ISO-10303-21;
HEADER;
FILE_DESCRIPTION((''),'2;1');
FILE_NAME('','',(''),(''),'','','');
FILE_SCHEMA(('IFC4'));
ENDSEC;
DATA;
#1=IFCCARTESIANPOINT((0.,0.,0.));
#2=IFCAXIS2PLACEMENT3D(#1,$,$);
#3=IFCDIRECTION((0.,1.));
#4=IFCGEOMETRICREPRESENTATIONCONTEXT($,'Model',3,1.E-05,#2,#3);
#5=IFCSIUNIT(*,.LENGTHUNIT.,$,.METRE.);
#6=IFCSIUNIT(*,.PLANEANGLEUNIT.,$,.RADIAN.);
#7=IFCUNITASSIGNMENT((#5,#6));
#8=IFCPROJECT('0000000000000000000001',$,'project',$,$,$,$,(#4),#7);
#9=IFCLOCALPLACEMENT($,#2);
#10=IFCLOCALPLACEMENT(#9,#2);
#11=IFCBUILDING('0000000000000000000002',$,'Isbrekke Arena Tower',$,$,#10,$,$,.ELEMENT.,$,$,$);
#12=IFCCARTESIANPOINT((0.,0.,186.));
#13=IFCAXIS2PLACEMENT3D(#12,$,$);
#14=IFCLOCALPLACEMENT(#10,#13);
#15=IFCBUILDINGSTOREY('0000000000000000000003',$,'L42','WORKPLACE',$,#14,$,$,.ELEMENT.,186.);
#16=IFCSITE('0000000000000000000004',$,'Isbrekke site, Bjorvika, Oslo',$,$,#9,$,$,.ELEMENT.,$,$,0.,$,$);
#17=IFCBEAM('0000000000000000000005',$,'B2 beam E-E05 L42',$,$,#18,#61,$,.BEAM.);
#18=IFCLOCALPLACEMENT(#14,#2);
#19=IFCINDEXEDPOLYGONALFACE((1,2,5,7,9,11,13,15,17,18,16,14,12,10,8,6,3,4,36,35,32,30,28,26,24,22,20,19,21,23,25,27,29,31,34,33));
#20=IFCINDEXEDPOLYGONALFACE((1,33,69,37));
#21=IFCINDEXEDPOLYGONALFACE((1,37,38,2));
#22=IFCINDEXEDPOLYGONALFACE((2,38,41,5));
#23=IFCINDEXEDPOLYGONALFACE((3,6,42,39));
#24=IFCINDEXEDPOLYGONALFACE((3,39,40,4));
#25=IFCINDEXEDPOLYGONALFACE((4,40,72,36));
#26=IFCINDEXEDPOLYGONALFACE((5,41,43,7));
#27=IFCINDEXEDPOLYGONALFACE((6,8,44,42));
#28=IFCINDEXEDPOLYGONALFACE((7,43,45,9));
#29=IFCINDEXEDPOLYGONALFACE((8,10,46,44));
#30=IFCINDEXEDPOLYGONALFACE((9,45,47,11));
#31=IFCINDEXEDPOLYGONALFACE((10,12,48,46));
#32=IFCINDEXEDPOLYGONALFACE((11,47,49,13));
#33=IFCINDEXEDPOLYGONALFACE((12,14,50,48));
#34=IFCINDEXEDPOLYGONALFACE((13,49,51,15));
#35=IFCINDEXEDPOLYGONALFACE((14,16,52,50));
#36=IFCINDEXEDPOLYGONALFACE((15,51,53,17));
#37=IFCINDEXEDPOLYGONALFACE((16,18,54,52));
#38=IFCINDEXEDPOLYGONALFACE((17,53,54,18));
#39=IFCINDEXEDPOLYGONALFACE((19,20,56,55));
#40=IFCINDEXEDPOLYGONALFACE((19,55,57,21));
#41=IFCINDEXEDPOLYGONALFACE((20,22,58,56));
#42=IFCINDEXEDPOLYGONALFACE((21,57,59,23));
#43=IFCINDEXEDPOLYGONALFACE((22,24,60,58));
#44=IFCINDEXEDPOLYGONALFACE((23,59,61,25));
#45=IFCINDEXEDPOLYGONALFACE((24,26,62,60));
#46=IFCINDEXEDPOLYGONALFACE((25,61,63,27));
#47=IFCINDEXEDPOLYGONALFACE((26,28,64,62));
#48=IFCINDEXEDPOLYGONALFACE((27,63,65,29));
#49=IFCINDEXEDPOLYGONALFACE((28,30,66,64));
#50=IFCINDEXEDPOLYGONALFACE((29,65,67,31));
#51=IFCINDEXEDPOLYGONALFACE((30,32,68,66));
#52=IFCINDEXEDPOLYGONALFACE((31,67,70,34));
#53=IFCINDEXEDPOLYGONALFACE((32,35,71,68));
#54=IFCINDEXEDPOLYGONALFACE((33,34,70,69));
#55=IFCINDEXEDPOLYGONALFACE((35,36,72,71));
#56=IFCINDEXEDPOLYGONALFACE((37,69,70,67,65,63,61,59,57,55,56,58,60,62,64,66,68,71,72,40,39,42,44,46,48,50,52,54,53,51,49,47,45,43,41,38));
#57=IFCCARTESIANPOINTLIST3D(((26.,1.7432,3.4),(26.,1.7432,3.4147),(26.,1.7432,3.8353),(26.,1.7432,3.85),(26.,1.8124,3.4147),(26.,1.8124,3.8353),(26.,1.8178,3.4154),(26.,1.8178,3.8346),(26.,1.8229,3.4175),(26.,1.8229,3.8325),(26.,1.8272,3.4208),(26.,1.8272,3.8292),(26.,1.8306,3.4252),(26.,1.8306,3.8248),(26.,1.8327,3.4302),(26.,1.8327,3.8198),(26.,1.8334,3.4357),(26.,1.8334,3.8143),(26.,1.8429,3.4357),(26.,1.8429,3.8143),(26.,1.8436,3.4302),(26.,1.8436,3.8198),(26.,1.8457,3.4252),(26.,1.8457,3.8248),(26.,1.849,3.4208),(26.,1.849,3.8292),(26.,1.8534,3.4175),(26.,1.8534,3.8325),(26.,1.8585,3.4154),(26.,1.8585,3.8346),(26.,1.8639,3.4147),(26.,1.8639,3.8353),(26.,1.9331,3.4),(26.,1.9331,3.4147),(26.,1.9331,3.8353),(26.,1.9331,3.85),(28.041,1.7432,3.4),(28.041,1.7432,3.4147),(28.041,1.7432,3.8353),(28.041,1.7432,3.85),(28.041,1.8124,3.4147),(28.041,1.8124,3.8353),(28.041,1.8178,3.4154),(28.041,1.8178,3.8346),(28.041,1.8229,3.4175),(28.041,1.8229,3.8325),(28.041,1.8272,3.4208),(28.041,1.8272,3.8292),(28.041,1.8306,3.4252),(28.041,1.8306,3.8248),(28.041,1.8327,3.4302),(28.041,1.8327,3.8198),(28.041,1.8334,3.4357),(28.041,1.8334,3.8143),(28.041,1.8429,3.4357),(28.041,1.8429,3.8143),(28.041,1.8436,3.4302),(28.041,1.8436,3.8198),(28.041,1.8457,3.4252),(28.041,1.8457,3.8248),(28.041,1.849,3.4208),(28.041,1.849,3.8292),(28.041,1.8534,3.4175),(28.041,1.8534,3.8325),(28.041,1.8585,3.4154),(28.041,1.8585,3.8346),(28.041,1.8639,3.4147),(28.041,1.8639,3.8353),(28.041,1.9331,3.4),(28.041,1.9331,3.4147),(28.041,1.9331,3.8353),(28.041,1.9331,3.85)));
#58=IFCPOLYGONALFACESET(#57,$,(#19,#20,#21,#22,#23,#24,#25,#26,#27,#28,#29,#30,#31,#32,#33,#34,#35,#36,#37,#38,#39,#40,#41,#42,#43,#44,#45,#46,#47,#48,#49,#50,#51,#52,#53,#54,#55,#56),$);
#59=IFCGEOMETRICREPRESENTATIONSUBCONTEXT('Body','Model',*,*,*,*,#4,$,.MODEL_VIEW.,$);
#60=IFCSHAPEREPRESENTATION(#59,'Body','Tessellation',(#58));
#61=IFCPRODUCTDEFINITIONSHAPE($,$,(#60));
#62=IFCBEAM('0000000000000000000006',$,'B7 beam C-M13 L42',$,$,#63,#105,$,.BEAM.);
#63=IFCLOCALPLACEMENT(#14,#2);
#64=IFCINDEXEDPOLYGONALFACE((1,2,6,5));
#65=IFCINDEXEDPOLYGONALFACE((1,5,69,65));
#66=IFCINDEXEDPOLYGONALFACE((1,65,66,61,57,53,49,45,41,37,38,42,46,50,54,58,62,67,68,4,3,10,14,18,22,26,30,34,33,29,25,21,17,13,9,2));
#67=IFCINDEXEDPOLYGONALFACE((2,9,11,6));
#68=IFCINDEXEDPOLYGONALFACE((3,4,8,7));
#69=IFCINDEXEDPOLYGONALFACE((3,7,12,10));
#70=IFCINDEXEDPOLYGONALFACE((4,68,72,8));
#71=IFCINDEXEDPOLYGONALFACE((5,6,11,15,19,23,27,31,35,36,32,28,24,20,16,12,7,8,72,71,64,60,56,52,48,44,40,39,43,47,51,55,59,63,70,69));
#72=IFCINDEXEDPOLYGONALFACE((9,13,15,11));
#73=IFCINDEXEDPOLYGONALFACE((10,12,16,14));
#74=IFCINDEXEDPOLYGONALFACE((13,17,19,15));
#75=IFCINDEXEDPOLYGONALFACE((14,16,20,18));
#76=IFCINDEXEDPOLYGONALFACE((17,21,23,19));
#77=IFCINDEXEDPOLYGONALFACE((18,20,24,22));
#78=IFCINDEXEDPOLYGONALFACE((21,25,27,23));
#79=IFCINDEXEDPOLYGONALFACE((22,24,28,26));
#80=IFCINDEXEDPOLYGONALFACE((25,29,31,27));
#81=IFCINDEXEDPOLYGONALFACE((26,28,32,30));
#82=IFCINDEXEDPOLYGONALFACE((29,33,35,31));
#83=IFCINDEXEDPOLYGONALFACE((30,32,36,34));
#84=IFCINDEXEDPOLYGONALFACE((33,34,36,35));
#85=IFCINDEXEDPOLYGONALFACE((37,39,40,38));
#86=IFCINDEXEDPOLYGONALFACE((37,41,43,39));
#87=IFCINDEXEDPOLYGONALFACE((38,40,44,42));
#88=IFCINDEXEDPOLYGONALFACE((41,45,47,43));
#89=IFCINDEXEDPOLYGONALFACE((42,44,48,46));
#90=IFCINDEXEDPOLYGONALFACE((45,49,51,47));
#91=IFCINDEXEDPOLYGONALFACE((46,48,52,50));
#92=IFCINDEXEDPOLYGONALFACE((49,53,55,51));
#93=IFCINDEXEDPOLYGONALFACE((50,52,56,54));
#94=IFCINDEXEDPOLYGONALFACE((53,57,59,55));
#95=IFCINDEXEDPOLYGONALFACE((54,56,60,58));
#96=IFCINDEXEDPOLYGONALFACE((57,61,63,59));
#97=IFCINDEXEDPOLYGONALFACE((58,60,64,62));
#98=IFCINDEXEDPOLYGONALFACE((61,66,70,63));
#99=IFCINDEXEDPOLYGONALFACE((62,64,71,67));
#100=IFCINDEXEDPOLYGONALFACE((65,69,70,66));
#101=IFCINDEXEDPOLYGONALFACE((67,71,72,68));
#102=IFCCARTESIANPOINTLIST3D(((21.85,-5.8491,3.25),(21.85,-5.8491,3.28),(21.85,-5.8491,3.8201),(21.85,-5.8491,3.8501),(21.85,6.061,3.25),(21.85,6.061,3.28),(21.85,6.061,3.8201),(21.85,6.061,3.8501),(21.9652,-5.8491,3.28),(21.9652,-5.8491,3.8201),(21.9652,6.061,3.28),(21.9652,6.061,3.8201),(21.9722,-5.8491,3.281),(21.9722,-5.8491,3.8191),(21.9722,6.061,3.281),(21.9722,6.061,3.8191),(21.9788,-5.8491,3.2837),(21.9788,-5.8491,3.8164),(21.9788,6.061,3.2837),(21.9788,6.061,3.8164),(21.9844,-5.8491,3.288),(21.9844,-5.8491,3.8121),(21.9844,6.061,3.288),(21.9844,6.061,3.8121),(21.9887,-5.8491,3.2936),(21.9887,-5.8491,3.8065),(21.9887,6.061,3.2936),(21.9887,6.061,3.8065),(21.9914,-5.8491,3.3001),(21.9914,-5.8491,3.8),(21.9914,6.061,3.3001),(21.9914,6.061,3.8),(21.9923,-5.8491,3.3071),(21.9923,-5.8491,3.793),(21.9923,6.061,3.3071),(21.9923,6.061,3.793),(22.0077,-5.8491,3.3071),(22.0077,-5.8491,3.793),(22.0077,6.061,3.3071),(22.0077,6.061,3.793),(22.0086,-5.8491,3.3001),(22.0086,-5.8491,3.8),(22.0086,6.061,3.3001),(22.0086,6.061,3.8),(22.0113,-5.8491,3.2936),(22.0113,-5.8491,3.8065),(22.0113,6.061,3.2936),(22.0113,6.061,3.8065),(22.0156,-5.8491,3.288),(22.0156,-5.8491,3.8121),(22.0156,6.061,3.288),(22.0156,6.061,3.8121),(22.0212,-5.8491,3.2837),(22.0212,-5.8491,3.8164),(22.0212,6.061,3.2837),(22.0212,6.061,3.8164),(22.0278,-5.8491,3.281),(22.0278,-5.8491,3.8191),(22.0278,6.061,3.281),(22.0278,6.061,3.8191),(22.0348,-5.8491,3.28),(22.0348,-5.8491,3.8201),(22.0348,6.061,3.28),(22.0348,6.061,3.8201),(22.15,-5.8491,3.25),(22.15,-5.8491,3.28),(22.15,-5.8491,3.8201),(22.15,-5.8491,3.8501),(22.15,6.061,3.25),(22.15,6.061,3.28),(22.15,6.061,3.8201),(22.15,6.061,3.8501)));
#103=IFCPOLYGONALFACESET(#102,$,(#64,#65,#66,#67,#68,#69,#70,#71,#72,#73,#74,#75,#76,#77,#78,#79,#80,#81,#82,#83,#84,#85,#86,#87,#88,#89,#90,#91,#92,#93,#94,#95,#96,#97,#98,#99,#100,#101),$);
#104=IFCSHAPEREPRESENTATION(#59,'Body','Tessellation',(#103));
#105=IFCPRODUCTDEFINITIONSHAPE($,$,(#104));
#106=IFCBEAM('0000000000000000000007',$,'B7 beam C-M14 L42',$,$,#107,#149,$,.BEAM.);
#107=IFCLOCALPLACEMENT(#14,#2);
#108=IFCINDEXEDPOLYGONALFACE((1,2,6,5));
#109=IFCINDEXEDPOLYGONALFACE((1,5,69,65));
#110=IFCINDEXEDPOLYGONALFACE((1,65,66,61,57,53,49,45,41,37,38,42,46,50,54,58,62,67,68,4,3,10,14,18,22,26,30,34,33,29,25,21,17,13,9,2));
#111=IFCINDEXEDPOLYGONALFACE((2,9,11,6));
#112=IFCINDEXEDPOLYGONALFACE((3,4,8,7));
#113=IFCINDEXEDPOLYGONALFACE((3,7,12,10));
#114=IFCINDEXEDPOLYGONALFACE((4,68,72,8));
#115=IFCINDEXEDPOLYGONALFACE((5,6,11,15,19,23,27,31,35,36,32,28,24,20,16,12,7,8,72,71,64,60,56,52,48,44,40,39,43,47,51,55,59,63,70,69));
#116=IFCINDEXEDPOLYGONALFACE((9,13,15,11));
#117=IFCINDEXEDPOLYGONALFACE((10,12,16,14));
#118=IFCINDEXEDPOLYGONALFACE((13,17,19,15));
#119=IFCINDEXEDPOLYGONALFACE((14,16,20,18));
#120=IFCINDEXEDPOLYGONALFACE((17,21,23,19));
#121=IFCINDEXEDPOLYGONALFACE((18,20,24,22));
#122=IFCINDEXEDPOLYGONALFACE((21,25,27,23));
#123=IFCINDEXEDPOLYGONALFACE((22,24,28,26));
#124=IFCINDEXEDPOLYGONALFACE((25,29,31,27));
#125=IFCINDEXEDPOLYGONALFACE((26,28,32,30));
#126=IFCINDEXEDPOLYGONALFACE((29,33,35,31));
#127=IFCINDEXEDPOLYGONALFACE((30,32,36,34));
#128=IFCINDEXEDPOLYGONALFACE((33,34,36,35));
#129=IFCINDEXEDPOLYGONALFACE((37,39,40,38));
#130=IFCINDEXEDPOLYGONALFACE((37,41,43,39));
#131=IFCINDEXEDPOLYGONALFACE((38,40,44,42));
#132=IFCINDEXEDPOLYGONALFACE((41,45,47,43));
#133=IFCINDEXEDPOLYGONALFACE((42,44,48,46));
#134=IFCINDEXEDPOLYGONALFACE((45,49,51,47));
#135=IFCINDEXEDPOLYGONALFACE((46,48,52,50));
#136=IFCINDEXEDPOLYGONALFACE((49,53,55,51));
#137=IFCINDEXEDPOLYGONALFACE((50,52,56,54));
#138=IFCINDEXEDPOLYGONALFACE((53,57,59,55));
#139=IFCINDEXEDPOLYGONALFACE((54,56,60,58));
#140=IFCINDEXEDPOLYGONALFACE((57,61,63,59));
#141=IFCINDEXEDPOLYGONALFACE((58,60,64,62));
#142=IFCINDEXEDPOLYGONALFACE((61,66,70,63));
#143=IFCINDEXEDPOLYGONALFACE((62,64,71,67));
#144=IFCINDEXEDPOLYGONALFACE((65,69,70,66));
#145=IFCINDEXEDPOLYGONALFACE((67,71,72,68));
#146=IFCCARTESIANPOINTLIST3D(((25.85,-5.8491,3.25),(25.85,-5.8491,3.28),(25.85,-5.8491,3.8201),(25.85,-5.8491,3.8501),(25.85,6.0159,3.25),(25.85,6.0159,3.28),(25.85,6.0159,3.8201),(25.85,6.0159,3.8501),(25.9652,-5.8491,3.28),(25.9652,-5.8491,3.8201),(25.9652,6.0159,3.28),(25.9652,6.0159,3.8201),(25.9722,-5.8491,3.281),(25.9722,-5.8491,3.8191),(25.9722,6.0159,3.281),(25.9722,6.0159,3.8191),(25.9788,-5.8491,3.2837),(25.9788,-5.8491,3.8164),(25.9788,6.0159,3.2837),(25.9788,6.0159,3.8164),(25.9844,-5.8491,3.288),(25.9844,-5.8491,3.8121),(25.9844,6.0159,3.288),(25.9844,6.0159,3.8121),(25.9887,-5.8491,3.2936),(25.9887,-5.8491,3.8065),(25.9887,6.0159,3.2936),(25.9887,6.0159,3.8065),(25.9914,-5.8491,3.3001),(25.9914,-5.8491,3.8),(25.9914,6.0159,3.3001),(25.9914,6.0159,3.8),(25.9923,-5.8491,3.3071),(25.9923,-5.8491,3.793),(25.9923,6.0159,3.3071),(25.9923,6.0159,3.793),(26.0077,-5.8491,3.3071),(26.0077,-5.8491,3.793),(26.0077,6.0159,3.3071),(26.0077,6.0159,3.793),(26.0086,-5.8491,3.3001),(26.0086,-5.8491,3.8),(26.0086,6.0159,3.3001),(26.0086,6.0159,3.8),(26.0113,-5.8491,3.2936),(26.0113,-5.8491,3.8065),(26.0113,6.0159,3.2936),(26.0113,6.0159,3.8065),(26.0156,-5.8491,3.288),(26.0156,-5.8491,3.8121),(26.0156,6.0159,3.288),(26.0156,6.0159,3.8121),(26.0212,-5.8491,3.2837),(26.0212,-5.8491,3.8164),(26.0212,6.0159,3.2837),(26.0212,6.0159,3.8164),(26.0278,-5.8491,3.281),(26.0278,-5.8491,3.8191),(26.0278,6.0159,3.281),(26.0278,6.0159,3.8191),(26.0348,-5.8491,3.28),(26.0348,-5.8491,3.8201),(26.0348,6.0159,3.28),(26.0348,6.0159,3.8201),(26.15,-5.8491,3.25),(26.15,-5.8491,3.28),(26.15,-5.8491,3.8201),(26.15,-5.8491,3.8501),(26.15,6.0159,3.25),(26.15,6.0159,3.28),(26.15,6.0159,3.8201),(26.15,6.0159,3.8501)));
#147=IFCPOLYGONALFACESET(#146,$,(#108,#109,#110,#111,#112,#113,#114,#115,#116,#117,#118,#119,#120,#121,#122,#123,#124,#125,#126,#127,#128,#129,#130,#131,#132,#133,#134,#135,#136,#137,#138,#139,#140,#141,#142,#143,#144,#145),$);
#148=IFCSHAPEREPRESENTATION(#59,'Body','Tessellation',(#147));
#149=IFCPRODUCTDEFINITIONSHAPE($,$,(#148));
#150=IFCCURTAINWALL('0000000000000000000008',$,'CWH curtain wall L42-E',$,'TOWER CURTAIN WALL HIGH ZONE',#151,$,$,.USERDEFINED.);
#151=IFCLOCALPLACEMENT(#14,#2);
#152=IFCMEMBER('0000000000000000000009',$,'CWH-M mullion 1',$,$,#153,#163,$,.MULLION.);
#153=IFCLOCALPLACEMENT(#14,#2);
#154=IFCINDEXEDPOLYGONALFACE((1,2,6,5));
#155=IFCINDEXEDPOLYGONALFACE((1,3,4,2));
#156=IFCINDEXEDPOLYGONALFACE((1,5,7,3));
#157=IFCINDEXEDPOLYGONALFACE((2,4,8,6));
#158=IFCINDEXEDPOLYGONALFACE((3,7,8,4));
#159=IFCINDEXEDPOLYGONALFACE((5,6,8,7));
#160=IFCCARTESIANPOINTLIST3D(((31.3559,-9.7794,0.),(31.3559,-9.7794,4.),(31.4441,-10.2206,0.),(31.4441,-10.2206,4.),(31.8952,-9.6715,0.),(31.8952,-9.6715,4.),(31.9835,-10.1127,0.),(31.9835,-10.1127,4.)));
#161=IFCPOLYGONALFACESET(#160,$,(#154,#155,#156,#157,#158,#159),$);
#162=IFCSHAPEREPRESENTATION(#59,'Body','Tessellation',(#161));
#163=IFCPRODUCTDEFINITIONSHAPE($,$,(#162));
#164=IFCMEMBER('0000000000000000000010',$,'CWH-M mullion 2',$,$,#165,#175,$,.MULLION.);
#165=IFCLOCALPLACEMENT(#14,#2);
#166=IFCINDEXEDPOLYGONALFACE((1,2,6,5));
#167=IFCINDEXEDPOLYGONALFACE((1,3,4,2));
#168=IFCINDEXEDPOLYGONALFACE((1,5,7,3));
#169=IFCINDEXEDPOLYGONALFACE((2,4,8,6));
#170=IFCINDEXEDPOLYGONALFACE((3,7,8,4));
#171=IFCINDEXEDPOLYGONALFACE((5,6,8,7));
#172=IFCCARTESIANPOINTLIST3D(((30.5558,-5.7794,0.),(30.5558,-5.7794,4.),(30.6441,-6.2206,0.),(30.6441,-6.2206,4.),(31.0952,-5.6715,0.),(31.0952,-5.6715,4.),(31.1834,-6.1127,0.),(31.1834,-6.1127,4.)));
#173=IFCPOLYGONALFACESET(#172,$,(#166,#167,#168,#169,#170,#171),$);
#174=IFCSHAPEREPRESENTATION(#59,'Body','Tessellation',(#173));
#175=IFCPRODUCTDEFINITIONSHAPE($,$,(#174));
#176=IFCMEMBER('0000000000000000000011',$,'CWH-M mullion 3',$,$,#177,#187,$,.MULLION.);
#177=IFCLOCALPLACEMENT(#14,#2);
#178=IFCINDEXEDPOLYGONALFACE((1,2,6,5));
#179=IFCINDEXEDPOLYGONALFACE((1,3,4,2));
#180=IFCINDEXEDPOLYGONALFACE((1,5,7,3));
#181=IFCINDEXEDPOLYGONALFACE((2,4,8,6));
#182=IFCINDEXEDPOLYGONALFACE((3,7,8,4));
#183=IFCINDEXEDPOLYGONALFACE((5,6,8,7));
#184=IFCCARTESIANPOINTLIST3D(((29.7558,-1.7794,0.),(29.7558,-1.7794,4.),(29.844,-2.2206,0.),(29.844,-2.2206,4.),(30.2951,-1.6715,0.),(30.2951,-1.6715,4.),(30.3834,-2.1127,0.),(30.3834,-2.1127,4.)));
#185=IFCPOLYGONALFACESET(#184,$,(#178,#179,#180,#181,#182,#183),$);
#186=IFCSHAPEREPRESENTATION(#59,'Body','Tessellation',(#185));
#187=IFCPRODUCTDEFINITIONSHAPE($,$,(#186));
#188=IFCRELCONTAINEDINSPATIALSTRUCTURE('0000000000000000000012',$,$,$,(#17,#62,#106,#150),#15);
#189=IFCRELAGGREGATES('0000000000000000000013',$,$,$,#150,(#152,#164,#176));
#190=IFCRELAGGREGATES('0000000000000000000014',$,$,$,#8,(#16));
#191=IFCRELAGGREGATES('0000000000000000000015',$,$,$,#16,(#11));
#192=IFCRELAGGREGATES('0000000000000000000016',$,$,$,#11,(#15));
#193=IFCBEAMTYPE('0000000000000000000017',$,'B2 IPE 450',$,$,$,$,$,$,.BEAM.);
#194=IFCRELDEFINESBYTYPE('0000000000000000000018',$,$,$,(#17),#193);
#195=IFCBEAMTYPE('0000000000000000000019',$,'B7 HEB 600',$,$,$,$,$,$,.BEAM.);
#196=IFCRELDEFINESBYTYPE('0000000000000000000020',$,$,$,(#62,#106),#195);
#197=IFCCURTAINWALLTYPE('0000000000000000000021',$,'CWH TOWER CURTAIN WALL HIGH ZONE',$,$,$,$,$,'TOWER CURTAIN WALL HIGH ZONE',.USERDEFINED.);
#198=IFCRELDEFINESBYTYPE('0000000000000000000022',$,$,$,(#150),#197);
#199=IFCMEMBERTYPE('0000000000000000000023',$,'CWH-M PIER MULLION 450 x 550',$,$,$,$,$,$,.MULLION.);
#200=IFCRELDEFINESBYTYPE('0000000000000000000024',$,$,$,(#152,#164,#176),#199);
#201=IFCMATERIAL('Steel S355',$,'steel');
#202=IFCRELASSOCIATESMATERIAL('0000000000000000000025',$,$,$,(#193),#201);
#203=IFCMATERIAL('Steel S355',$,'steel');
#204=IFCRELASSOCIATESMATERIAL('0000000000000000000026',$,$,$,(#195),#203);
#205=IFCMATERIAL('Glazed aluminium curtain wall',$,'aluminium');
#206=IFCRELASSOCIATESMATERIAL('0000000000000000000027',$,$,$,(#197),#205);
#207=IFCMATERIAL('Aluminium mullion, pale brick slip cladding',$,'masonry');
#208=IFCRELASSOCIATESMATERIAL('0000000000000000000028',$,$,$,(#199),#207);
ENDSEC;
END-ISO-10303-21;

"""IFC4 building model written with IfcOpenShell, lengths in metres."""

from ifc_helpers import new_model, si_unit, direction, frame, origin, origin_2d, place, context, subcontext, project, spatial, rectangle, i_section, extrude, material, material_profile, profile_set, type_object, element, aggregate, save


model = new_model("IFC4")

# Units and contexts
model_context = context("Model", 3, precision=1e-05, world=origin(), true_north=direction((0.0, 1.0)))
body_context = subcontext(model_context, "Body", "Model", "MODEL_VIEW")
ifc_project = project(units=[si_unit("LENGTHUNIT", "METRE"), si_unit("PLANEANGLEUNIT", "RADIAN")], contexts=[model_context])

# Site, building, storey
site_placement = place(None, origin())
site = spatial("IfcSite", under=ifc_project, at=site_placement, Name="Isbrekke site, Bjorvika, Oslo", CompositionType="ELEMENT", RefElevation=0.0)
building_placement = place(site_placement, origin())
building = spatial("IfcBuilding", under=site, at=building_placement, Name="Isbrekke Arena Tower", CompositionType="ELEMENT")
storey_placement = place(building_placement, frame((0.0, 0.0, 186.0)))
storey = spatial("IfcBuildingStorey", under=building, at=storey_placement, Name="L42", Description="WORKPLACE", CompositionType="ELEMENT", Elevation=186.0)

# Beams
ifc_material_1 = material(Name="Steel S355", Category="steel")
ifc_material_profile_1 = material_profile(ifc_material_1, i_section(OverallWidth=0.1899, OverallDepth=0.45, WebThickness=0.0095, FlangeThickness=0.0146, FilletRadius=0.021, at=origin_2d()), Name="IPE 450")
ifc_profile_set_1 = profile_set([ifc_material_profile_1], Name="Steel S355")
beam_type_1 = type_object("IfcBeamType", Name="B2 IPE 450", PredefinedType="BEAM", material=ifc_profile_set_1)
beam_1_placement = place(storey_placement, frame((28.041, 1.8381, 3.625), z_axis=(-1.0, 0.0, 0.0), x_axis=(0.0, -1.0, 0.0)))
element("IfcBeam", 1, at=beam_1_placement, inside=storey, type_object=beam_type_1, Name="B2 beam E-E05 L42", PredefinedType="BEAM", context=body_context, shape_type="SweptSolid", body=[
    extrude(i_section(OverallWidth=0.1899, OverallDepth=0.45, WebThickness=0.0095, FlangeThickness=0.0146, FilletRadius=0.021, at=origin_2d()), origin(), (0.0, 0.0, 1.0), 2.041),
])
ifc_material_2 = material(Name="Steel S355", Category="steel")
ifc_material_profile_2 = material_profile(ifc_material_2, i_section(OverallWidth=0.3, OverallDepth=0.6001, WebThickness=0.0154, FlangeThickness=0.03, FilletRadius=0.0271, at=origin_2d()), Name="HEB 600")
ifc_profile_set_2 = profile_set([ifc_material_profile_2], Name="Steel S355")
beam_type_2 = type_object("IfcBeamType", Name="B7 HEB 600", PredefinedType="BEAM", material=ifc_profile_set_2)
beam_2_placement = place(storey_placement, frame((22.0, -5.8491, 3.55), z_axis=(0.0, 1.0, 0.0), x_axis=(-1.0, 0.0, 0.0)))
element("IfcBeam", 2, at=beam_2_placement, inside=storey, type_object=beam_type_2, Name="B7 beam C-M13 L42", PredefinedType="BEAM", context=body_context, shape_type="SweptSolid", body=[
    extrude(i_section(OverallWidth=0.3, OverallDepth=0.6001, WebThickness=0.0154, FlangeThickness=0.03, FilletRadius=0.0271, at=origin_2d()), origin(), (0.0, 0.0, 1.0), 11.9102),
])
beam_3_placement = place(storey_placement, frame((26.0, -5.8491, 3.55), z_axis=(0.0, 1.0, 0.0), x_axis=(-1.0, 0.0, 0.0)))
element("IfcBeam", 3, at=beam_3_placement, inside=storey, type_object=beam_type_2, Name="B7 beam C-M14 L42", PredefinedType="BEAM", context=body_context, shape_type="SweptSolid", body=[
    extrude(i_section(OverallWidth=0.3, OverallDepth=0.6001, WebThickness=0.0154, FlangeThickness=0.03, FilletRadius=0.0271, at=origin_2d()), origin(), (0.0, 0.0, 1.0), 11.865),
])

# Curtain wall, members
ifc_material_3 = material(Name="Glazed aluminium curtain wall", Category="aluminium")
curtain_wall_type = type_object("IfcCurtainWallType", Name="CWH TOWER CURTAIN WALL HIGH ZONE", ElementType="TOWER CURTAIN WALL HIGH ZONE", PredefinedType="USERDEFINED", material=ifc_material_3)
curtain_wall_placement = place(storey_placement, origin())
curtain_wall = element("IfcCurtainWall", 4, at=curtain_wall_placement, inside=storey, type_object=curtain_wall_type, Name="CWH curtain wall L42-E", ObjectType="TOWER CURTAIN WALL HIGH ZONE", PredefinedType="USERDEFINED")
ifc_material_4 = material(Name="Aluminium mullion, pale brick slip cladding", Category="masonry")
ifc_material_profile_3 = material_profile(ifc_material_4, rectangle(XDim=0.45, YDim=0.55, at=origin_2d()), Name="PIER 450X550")
ifc_profile_set_3 = profile_set([ifc_material_profile_3], Name="Aluminium mullion, pale brick slip cladding")
member_type_1 = type_object("IfcMemberType", Name="CWH-M PIER MULLION 450 x 550", PredefinedType="MULLION", material=ifc_profile_set_3)
member_1_placement = place(storey_placement, frame((31.6697, -9.946, 0.0), z_axis=(0.0, 0.0, 1.0), x_axis=(-0.196116, 0.980581, 0.0)))
member_1 = element("IfcMember", 5, at=member_1_placement, type_object=member_type_1, Name="CWH-M mullion 1", PredefinedType="MULLION", context=body_context, shape_type="SweptSolid", body=[
    extrude(rectangle(XDim=0.45, YDim=0.55, at=origin_2d()), origin(), (0.0, 0.0, 1.0), 4.0),
])
member_2_placement = place(storey_placement, frame((30.8696, -5.946, 0.0), z_axis=(0.0, 0.0, 1.0), x_axis=(-0.196116, 0.980581, 0.0)))
member_2 = element("IfcMember", 6, at=member_2_placement, type_object=member_type_1, Name="CWH-M mullion 2", PredefinedType="MULLION", context=body_context, shape_type="SweptSolid", body=[
    extrude(rectangle(XDim=0.45, YDim=0.55, at=origin_2d()), origin(), (0.0, 0.0, 1.0), 4.0),
])
member_3_placement = place(storey_placement, frame((30.0696, -1.946, 0.0), z_axis=(0.0, 0.0, 1.0), x_axis=(-0.196116, 0.980581, 0.0)))
member_3 = element("IfcMember", 7, at=member_3_placement, type_object=member_type_1, Name="CWH-M mullion 3", PredefinedType="MULLION", context=body_context, shape_type="SweptSolid", body=[
    extrude(rectangle(XDim=0.45, YDim=0.55, at=origin_2d()), origin(), (0.0, 0.0, 1.0), 4.0),
])

aggregate(curtain_wall, [member_1, member_2, member_3])

save(model, "model.ifc")
